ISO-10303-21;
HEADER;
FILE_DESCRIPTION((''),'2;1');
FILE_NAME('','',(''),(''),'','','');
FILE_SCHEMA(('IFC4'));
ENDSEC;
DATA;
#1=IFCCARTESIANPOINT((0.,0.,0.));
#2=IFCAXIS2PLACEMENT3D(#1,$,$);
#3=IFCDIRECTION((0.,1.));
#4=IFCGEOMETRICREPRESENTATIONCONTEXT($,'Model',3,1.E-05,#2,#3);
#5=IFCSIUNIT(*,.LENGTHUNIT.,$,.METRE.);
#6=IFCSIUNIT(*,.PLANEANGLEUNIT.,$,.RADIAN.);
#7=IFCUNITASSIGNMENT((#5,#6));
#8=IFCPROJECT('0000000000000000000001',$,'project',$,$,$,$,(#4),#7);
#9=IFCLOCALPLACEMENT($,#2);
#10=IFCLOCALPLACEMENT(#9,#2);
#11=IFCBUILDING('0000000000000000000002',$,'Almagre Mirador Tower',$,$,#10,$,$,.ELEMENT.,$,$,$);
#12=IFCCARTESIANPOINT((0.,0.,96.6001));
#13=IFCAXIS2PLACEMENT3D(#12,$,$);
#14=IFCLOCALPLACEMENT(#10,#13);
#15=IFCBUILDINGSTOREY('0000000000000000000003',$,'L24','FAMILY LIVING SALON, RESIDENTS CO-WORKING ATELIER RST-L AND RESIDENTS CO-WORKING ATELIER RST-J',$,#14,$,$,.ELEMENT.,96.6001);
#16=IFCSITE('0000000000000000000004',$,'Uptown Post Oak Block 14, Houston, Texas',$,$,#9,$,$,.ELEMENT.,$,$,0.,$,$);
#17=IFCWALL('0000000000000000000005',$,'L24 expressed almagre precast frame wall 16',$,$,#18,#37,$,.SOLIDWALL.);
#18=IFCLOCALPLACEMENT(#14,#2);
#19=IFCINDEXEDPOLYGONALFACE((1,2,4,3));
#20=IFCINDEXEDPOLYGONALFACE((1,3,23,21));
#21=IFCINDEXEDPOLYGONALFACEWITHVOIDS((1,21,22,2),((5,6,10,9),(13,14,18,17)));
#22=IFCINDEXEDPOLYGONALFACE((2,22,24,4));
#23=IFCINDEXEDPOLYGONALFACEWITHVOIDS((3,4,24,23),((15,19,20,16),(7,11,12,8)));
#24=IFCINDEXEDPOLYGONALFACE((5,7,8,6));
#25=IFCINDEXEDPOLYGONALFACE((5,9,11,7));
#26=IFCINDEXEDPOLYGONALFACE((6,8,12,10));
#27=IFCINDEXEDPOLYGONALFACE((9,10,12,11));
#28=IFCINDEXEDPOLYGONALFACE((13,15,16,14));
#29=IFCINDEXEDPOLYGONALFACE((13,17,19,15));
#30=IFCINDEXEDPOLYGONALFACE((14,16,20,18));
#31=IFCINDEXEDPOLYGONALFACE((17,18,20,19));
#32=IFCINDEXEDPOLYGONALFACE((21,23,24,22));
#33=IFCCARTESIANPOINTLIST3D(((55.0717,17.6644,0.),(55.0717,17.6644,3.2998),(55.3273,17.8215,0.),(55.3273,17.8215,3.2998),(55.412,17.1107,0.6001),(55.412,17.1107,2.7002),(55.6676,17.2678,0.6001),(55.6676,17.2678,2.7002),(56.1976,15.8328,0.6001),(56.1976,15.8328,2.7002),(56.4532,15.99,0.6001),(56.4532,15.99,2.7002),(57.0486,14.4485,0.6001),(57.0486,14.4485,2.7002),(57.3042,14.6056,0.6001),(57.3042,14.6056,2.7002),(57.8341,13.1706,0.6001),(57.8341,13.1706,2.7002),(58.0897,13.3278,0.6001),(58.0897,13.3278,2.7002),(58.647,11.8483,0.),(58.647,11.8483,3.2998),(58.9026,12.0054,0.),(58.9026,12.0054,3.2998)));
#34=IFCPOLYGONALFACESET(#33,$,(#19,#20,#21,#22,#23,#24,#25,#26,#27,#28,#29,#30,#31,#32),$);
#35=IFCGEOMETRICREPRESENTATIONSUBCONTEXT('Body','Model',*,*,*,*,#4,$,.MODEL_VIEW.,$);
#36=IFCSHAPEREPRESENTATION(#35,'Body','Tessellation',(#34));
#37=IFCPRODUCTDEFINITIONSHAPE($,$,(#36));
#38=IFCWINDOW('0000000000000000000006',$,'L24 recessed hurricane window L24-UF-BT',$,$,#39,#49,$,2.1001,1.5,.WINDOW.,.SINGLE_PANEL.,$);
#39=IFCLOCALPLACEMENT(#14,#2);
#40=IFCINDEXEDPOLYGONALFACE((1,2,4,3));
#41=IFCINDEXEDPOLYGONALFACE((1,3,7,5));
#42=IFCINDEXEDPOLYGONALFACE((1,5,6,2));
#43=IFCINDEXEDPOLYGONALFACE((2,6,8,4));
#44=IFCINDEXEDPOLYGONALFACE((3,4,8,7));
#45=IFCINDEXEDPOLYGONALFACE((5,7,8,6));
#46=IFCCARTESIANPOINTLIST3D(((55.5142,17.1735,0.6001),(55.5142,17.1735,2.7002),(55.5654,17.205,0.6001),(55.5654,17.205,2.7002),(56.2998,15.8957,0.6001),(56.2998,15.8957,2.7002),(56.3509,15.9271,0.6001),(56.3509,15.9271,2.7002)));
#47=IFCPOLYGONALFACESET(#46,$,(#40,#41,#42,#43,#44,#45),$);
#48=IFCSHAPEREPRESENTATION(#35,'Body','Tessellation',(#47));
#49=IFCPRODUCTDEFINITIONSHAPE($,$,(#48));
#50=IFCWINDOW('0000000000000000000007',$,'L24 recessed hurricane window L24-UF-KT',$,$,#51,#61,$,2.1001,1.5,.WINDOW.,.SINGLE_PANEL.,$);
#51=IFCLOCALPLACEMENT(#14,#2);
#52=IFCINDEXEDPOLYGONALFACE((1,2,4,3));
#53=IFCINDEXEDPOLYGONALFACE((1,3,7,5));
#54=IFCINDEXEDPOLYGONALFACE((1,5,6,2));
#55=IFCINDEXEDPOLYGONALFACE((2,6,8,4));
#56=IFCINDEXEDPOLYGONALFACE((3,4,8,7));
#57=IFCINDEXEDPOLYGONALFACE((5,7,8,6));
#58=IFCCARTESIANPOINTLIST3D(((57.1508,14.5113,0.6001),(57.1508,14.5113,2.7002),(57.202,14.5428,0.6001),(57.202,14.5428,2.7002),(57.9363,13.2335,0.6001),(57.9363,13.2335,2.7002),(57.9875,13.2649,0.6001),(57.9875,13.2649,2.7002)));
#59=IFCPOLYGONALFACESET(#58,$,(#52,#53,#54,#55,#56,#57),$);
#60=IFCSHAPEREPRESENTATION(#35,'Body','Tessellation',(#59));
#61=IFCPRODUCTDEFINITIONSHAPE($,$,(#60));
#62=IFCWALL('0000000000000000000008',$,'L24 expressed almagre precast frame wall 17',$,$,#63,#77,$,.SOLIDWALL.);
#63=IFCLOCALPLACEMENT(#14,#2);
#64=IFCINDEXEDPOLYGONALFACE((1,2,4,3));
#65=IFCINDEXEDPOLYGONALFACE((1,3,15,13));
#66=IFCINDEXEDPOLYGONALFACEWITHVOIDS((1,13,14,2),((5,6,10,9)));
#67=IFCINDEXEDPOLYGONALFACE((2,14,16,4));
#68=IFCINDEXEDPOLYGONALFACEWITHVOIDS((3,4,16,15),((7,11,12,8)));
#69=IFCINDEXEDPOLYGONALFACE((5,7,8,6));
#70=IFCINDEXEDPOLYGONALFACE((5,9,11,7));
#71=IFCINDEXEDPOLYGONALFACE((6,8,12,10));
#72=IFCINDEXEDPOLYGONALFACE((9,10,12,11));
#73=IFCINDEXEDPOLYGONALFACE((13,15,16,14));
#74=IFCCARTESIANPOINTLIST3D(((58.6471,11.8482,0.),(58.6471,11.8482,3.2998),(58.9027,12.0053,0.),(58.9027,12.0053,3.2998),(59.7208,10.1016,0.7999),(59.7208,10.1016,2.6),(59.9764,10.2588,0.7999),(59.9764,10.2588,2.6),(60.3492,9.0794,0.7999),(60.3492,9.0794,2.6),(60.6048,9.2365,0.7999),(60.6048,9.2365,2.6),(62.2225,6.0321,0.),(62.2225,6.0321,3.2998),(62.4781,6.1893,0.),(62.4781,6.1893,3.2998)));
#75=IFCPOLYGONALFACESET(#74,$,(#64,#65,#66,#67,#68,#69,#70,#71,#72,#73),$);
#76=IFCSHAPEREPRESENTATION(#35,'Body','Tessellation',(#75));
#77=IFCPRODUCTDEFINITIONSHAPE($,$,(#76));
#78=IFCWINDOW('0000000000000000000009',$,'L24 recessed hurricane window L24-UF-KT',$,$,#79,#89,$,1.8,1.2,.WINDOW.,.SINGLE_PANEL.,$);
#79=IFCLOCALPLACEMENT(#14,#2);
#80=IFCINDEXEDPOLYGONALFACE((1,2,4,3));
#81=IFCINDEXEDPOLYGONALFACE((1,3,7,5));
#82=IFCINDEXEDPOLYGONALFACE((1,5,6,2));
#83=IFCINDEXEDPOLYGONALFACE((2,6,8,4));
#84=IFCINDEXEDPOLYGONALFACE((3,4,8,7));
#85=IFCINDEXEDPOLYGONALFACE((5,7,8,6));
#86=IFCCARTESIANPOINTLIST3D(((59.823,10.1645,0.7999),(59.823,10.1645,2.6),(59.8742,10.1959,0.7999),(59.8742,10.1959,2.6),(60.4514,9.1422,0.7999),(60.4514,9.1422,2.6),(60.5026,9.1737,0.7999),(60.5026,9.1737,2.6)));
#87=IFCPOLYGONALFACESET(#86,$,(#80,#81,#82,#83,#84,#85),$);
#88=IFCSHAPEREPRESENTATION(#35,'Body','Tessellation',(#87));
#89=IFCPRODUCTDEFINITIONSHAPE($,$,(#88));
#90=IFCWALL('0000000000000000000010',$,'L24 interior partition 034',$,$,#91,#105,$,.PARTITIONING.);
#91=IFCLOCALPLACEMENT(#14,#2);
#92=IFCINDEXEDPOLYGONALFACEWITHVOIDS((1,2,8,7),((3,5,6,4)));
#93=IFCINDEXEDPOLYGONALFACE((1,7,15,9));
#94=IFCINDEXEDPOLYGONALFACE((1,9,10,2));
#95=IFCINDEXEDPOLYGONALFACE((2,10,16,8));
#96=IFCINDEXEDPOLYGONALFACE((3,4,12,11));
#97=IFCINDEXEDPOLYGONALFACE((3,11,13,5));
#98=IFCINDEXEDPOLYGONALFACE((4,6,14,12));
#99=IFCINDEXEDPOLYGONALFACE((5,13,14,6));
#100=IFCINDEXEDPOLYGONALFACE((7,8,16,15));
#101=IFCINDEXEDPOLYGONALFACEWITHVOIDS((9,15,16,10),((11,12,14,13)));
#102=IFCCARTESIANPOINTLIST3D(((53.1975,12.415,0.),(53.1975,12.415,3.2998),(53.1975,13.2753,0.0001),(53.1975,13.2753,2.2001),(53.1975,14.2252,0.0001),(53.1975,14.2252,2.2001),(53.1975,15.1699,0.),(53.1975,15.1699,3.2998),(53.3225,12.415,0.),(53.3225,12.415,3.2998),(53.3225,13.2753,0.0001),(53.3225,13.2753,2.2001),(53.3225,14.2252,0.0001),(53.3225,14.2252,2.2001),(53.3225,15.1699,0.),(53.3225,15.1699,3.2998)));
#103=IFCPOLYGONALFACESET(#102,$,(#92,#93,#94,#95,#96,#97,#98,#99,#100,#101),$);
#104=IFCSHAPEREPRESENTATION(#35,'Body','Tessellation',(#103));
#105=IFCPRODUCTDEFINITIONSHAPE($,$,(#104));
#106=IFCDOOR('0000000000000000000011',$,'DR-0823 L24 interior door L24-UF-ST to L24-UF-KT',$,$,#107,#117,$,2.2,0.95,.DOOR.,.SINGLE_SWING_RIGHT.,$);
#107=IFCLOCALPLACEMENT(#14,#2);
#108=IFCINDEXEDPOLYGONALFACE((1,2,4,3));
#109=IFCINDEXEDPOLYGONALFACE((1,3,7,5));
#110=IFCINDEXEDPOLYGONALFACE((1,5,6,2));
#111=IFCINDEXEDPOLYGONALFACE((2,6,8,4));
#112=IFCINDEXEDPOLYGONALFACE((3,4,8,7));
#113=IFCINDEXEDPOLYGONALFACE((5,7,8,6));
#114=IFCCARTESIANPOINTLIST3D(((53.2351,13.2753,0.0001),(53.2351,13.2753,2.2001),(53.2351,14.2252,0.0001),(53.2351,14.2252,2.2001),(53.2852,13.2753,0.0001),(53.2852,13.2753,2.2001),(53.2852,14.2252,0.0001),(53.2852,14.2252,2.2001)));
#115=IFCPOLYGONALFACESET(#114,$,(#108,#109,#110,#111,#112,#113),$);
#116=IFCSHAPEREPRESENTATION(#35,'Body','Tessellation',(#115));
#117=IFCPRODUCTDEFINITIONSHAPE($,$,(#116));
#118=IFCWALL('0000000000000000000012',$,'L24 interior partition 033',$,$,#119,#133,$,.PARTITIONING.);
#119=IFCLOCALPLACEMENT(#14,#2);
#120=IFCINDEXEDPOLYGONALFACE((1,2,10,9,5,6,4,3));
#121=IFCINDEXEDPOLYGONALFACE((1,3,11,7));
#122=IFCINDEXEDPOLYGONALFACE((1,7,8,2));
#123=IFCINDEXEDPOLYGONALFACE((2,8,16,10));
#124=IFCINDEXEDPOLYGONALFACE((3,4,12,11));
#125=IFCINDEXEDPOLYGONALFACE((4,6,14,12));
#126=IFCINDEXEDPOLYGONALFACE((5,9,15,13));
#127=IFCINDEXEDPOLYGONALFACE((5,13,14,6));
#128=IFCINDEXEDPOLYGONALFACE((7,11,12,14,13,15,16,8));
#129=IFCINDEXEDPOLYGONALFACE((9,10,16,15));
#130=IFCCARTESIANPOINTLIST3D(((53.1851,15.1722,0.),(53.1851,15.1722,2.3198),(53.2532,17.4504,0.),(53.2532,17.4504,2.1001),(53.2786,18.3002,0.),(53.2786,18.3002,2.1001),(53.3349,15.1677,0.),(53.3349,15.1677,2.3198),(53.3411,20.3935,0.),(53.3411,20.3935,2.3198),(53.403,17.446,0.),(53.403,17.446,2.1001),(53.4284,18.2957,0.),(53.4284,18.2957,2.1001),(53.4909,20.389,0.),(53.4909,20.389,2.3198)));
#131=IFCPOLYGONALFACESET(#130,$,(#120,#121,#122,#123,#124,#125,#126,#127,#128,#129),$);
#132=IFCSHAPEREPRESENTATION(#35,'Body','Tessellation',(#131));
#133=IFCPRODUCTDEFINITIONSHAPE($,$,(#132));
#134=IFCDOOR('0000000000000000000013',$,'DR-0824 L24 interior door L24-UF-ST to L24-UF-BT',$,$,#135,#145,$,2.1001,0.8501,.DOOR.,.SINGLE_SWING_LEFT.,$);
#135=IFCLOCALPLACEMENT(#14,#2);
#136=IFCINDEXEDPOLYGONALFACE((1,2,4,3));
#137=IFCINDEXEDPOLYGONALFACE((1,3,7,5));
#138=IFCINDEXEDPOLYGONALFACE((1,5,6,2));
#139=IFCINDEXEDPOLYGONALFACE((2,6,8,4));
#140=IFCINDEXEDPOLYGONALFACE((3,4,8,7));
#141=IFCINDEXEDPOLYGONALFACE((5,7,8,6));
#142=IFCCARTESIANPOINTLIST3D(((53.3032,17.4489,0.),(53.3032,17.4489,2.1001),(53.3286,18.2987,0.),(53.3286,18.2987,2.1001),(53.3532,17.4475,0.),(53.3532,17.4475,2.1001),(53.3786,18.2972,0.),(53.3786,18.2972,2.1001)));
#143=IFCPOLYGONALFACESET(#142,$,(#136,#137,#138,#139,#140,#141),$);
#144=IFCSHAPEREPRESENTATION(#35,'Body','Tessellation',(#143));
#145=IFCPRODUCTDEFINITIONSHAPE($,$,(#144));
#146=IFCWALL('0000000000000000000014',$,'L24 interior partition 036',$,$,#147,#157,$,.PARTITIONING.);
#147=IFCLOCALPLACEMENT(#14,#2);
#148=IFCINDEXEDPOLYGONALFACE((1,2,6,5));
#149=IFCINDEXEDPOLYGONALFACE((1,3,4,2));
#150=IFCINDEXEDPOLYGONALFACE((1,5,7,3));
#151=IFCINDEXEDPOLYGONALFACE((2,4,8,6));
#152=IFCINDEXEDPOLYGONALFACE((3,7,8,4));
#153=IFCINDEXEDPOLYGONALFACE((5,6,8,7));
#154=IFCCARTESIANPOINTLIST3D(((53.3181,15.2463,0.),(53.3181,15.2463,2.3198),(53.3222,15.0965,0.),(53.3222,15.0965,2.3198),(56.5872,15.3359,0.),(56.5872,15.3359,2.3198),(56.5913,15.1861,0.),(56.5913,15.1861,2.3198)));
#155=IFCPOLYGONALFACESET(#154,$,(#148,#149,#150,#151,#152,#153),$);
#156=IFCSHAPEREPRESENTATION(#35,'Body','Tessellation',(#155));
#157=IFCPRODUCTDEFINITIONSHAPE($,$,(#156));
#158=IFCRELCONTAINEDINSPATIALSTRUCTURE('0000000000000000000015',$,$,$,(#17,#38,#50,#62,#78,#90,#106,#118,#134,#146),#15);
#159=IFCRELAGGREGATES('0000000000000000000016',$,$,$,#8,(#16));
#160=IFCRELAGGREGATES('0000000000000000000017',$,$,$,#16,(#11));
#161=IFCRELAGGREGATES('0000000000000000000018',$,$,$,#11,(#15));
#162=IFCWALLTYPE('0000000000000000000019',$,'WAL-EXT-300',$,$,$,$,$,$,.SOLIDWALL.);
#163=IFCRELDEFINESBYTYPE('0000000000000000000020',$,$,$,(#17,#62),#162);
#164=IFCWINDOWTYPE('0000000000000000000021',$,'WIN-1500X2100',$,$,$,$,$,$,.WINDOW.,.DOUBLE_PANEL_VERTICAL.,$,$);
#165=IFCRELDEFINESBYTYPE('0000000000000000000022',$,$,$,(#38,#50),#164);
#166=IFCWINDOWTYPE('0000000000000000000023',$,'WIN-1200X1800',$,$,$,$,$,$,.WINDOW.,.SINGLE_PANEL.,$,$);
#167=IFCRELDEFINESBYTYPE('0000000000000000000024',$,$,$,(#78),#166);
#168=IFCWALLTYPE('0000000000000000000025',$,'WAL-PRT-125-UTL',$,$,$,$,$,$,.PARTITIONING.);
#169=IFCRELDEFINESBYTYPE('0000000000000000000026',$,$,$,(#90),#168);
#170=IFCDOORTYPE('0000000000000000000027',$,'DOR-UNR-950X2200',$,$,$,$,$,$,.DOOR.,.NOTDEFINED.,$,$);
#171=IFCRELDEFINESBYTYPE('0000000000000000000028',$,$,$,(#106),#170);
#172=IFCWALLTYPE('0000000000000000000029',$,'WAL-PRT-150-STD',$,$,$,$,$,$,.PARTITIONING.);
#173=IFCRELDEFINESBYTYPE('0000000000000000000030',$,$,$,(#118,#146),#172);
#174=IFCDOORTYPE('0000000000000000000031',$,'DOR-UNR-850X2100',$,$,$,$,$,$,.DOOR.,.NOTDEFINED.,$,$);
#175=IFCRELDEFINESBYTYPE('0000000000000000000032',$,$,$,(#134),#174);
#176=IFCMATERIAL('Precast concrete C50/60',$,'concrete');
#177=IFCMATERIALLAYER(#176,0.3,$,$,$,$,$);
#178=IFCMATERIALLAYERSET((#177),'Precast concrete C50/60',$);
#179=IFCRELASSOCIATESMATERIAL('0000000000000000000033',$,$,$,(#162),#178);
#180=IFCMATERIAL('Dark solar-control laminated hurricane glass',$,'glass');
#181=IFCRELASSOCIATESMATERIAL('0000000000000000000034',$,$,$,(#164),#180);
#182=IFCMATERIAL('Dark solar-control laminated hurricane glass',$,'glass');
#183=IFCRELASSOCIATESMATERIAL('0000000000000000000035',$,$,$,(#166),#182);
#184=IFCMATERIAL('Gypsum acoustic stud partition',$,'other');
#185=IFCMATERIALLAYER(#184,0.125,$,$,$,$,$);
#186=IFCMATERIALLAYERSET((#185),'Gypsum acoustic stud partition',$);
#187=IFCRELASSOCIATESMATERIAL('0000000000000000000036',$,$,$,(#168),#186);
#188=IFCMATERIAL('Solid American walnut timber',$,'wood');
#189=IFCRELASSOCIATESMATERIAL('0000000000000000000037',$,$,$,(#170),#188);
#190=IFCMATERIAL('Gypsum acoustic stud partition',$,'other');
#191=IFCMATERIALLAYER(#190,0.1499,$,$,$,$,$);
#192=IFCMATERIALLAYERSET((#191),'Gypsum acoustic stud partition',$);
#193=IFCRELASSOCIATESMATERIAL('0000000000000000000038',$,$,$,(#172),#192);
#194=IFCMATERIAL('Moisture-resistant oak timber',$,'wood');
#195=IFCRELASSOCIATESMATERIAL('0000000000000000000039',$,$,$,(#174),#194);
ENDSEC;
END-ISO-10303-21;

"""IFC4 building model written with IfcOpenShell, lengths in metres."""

from ifc_helpers import new_model, si_unit, direction, frame, frame_2d, origin, place, context, subcontext, project, spatial, rectangle, extrude, material, layer, layer_set, type_object, element, fill, save


model = new_model("IFC4")

# Units and contexts
model_context = context("Model", 3, precision=1e-05, world=origin(), true_north=direction((0.0, 1.0)))
body_context = subcontext(model_context, "Body", "Model", "MODEL_VIEW")
ifc_project = project(units=[si_unit("LENGTHUNIT", "METRE"), si_unit("PLANEANGLEUNIT", "RADIAN")], contexts=[model_context])

# Site, building, storey
site_placement = place(None, origin())
site = spatial("IfcSite", under=ifc_project, at=site_placement, Name="Uptown Post Oak Block 14, Houston, Texas", CompositionType="ELEMENT", RefElevation=0.0)
building_placement = place(site_placement, origin())
building = spatial("IfcBuilding", under=site, at=building_placement, Name="Almagre Mirador Tower", CompositionType="ELEMENT")
storey_placement = place(building_placement, frame((0.0, 0.0, 96.6001)))
storey = spatial("IfcBuildingStorey", under=building, at=storey_placement, Name="L24", Description="FAMILY LIVING SALON, RESIDENTS CO-WORKING ATELIER RST-L AND RESIDENTS CO-WORKING ATELIER RST-J", CompositionType="ELEMENT", Elevation=96.6001)

# Wall, openings, windows
ifc_material_1 = material(Name="Precast concrete C50/60", Category="concrete")
ifc_layer_1 = layer(ifc_material_1, 0.3)
ifc_layer_set_1 = layer_set([ifc_layer_1], Name="Precast concrete C50/60")
wall_type_1 = type_object("IfcWallType", Name="WAL-EXT-300", PredefinedType="SOLIDWALL", material=ifc_layer_set_1)
wall_1_placement = place(storey_placement, frame((55.1995, 17.7429, 0.0), z_axis=(0.0, 0.0, 1.0), x_axis=(0.5237, -0.851903, 0.0)))
wall_1 = element("IfcWall", 1, at=wall_1_placement, inside=storey, type_object=wall_type_1, Name="L24 expressed almagre precast frame wall 16", PredefinedType="SOLIDWALL", context=body_context, shape_type="SweptSolid", body=[
    extrude(rectangle(XDim=6.8271, YDim=0.3, at=frame_2d((3.4136, 0.0))), origin(), (0.0, 0.0, 1.0), 3.2998),
])
opening_1_placement = place(wall_1_placement, frame((0.6499, 0.0, 0.6001)))
opening_1 = element("IfcOpeningElement", 2, at=opening_1_placement, cuts=wall_1, PredefinedType="OPENING", context=body_context, shape_type="SweptSolid", body=[
    extrude(rectangle(XDim=1.5, YDim=2.1001, at=frame_2d((0.75, 1.05))), frame((0.0, 0.1599, 0.0), z_axis=(0.0, -1.0, 0.0), x_axis=(1.0, 0.0, 0.0)), (0.0, 0.0, 1.0), 0.32),
])
opening_2_placement = place(wall_1_placement, frame((3.7749, 0.0, 0.6001)))
opening_2 = element("IfcOpeningElement", 3, at=opening_2_placement, cuts=wall_1, PredefinedType="OPENING", context=body_context, shape_type="SweptSolid", body=[
    extrude(rectangle(XDim=1.5, YDim=2.1001, at=frame_2d((0.75, 1.05))), frame((0.0, 0.1599, 0.0), z_axis=(0.0, -1.0, 0.0), x_axis=(1.0, 0.0, 0.0)), (0.0, 0.0, 1.0), 0.32),
])
ifc_material_2 = material(Name="Dark solar-control laminated hurricane glass", Category="glass")
window_type_1 = type_object("IfcWindowType", Name="WIN-1500X2100", PartitioningType="DOUBLE_PANEL_VERTICAL", PredefinedType="WINDOW", material=ifc_material_2)
window_1_placement = place(opening_1_placement, origin())
window_1 = element("IfcWindow", 4, at=window_1_placement, inside=storey, type_object=window_type_1, Name="L24 recessed hurricane window L24-UF-BT", OverallHeight=2.1001, OverallWidth=1.5, PartitioningType="SINGLE_PANEL", PredefinedType="WINDOW", context=body_context, shape_type="SweptSolid", body=[
    extrude(rectangle(XDim=1.5, YDim=2.1001, at=frame_2d((0.75, 1.05))), frame((0.0, 0.03, 0.0), z_axis=(0.0, -1.0, 0.0), x_axis=(1.0, 0.0, 0.0)), (0.0, 0.0, 1.0), 0.0601),
])
fill(opening_1, window_1)
window_2_placement = place(opening_2_placement, origin())
window_2 = element("IfcWindow", 5, at=window_2_placement, inside=storey, type_object=window_type_1, Name="L24 recessed hurricane window L24-UF-KT", OverallHeight=2.1001, OverallWidth=1.5, PartitioningType="SINGLE_PANEL", PredefinedType="WINDOW", context=body_context, shape_type="SweptSolid", body=[
    extrude(rectangle(XDim=1.5, YDim=2.1001, at=frame_2d((0.75, 1.05))), frame((0.0, 0.03, 0.0), z_axis=(0.0, -1.0, 0.0), x_axis=(1.0, 0.0, 0.0)), (0.0, 0.0, 1.0), 0.0601),
])
fill(opening_2, window_2)

# Wall, opening, window
wall_2_placement = place(storey_placement, frame((58.7749, 11.9268, 0.0), z_axis=(0.0, 0.0, 1.0), x_axis=(0.5237, -0.851903, 0.0)))
wall_2 = element("IfcWall", 6, at=wall_2_placement, inside=storey, type_object=wall_type_1, Name="L24 expressed almagre precast frame wall 17", PredefinedType="SOLIDWALL", context=body_context, shape_type="SweptSolid", body=[
    extrude(rectangle(XDim=6.8271, YDim=0.3, at=frame_2d((3.4136, 0.0))), origin(), (0.0, 0.0, 1.0), 3.2998),
])
opening_3_placement = place(wall_2_placement, frame((2.05, 0.0, 0.8)))
opening_3 = element("IfcOpeningElement", 7, at=opening_3_placement, cuts=wall_2, PredefinedType="OPENING", context=body_context, shape_type="SweptSolid", body=[
    extrude(rectangle(XDim=1.2, YDim=1.8, at=frame_2d((0.6001, 0.8999))), frame((0.0, 0.1599, 0.0), z_axis=(0.0, -1.0, 0.0), x_axis=(1.0, 0.0, 0.0)), (0.0, 0.0, 1.0), 0.32),
])
ifc_material_3 = material(Name="Dark solar-control laminated hurricane glass", Category="glass")
window_type_2 = type_object("IfcWindowType", Name="WIN-1200X1800", PartitioningType="SINGLE_PANEL", PredefinedType="WINDOW", material=ifc_material_3)
window_3_placement = place(opening_3_placement, origin())
window_3 = element("IfcWindow", 8, at=window_3_placement, inside=storey, type_object=window_type_2, Name="L24 recessed hurricane window L24-UF-KT", OverallHeight=1.8, OverallWidth=1.2, PartitioningType="SINGLE_PANEL", PredefinedType="WINDOW", context=body_context, shape_type="SweptSolid", body=[
    extrude(rectangle(XDim=1.2, YDim=1.8, at=frame_2d((0.6001, 0.8999))), frame((0.0, 0.03, 0.0), z_axis=(0.0, -1.0, 0.0), x_axis=(1.0, 0.0, 0.0)), (0.0, 0.0, 1.0), 0.0601),
])
fill(opening_3, window_3)

# Walls, openings, doors
ifc_material_4 = material(Name="Gypsum acoustic stud partition", Category="other")
ifc_layer_2 = layer(ifc_material_4, 0.125)
ifc_layer_set_2 = layer_set([ifc_layer_2], Name="Gypsum acoustic stud partition")
wall_type_2 = type_object("IfcWallType", Name="WAL-PRT-125-UTL", PredefinedType="PARTITIONING", material=ifc_layer_set_2)
wall_3_placement = place(storey_placement, frame((53.26, 12.415, 0.0), z_axis=(0.0, 0.0, 1.0), x_axis=(0.0, 1.0, 0.0)))
wall_3 = element("IfcWall", 9, at=wall_3_placement, inside=storey, type_object=wall_type_2, Name="L24 interior partition 034", PredefinedType="PARTITIONING", context=body_context, shape_type="SweptSolid", body=[
    extrude(rectangle(XDim=2.7549, YDim=0.125, at=frame_2d((1.3774, 0.0))), origin(), (0.0, 0.0, 1.0), 3.2998),
])
opening_4_placement = place(wall_3_placement, frame((0.8601, 0.0, 0.0)))
opening_4 = element("IfcOpeningElement", 10, at=opening_4_placement, cuts=wall_3, PredefinedType="OPENING", context=body_context, shape_type="SweptSolid", body=[
    extrude(rectangle(XDim=0.95, YDim=2.2, at=frame_2d((0.4751, 1.1001))), frame((0.0, 0.0725, 0.0), z_axis=(0.0, -1.0, 0.0), x_axis=(1.0, 0.0, 0.0)), (0.0, 0.0, 1.0), 0.145),
])
ifc_material_5 = material(Name="Solid American walnut timber", Category="wood")
door_type_1 = type_object("IfcDoorType", Name="DOR-UNR-950X2200", OperationType="NOTDEFINED", PredefinedType="DOOR", material=ifc_material_5)
door_1_placement = place(opening_4_placement, origin())
door_1 = element("IfcDoor", 11, at=door_1_placement, inside=storey, type_object=door_type_1, Name="DR-0823 L24 interior door L24-UF-ST to L24-UF-KT", OperationType="SINGLE_SWING_RIGHT", OverallHeight=2.2, OverallWidth=0.95, PredefinedType="DOOR", context=body_context, shape_type="SweptSolid", body=[
    extrude(rectangle(XDim=0.95, YDim=2.2, at=frame_2d((0.4751, 1.1001))), frame((0.0, 0.0249, 0.0), z_axis=(0.0, -1.0, 0.0), x_axis=(1.0, 0.0, 0.0)), (0.0, 0.0, 1.0), 0.05),
])
fill(opening_4, door_1)
ifc_material_6 = material(Name="Gypsum acoustic stud partition", Category="other")
ifc_layer_3 = layer(ifc_material_6, 0.1499)
ifc_layer_set_3 = layer_set([ifc_layer_3], Name="Gypsum acoustic stud partition")
wall_type_3 = type_object("IfcWallType", Name="WAL-PRT-150-STD", PredefinedType="PARTITIONING", material=ifc_layer_set_3)
wall_4_placement = place(storey_placement, frame((53.26, 15.1699, 0.0), z_axis=(0.0, 0.0, 1.0), x_axis=(0.029866, 0.999554, 0.0)))
wall_4 = element("IfcWall", 12, at=wall_4_placement, inside=storey, type_object=wall_type_3, Name="L24 interior partition 033", PredefinedType="PARTITIONING", context=body_context, shape_type="SweptSolid", body=[
    extrude(rectangle(XDim=5.2236, YDim=0.1499, at=frame_2d((2.6118, 0.0))), origin(), (0.0, 0.0, 1.0), 2.3198),
])
opening_5_placement = place(wall_4_placement, frame((2.2793, 0.0, 0.0)))
opening_5 = element("IfcOpeningElement", 13, at=opening_5_placement, cuts=wall_4, PredefinedType="OPENING", context=body_context, shape_type="SweptSolid", body=[
    extrude(rectangle(XDim=0.8501, YDim=2.1001, at=frame_2d((0.425, 1.05))), frame((0.0, 0.085, 0.0), z_axis=(0.0, -1.0, 0.0), x_axis=(1.0, 0.0, 0.0)), (0.0, 0.0, 1.0), 0.1699),
])
ifc_material_7 = material(Name="Moisture-resistant oak timber", Category="wood")
door_type_2 = type_object("IfcDoorType", Name="DOR-UNR-850X2100", OperationType="NOTDEFINED", PredefinedType="DOOR", material=ifc_material_7)
door_2_placement = place(opening_5_placement, origin())
door_2 = element("IfcDoor", 14, at=door_2_placement, inside=storey, type_object=door_type_2, Name="DR-0824 L24 interior door L24-UF-ST to L24-UF-BT", OperationType="SINGLE_SWING_LEFT", OverallHeight=2.1001, OverallWidth=0.8501, PredefinedType="DOOR", context=body_context, shape_type="SweptSolid", body=[
    extrude(rectangle(XDim=0.8501, YDim=2.1001, at=frame_2d((0.425, 1.05))), frame((0.0, 0.0249, 0.0), z_axis=(0.0, -1.0, 0.0), x_axis=(1.0, 0.0, 0.0)), (0.0, 0.0, 1.0), 0.05),
])
fill(opening_5, door_2)

# Wall
wall_5_placement = place(storey_placement, frame((53.3201, 15.1714, 0.0), z_axis=(0.0, 0.0, 1.0), x_axis=(0.999625, 0.027398, 0.0)))
element("IfcWall", 15, at=wall_5_placement, inside=storey, type_object=wall_type_3, Name="L24 interior partition 036", PredefinedType="PARTITIONING", context=body_context, shape_type="SweptSolid", body=[
    extrude(rectangle(XDim=3.2703, YDim=0.1499, at=frame_2d((1.6353, 0.0))), origin(), (0.0, 0.0, 1.0), 2.3198),
])

save(model, "model.ifc")
